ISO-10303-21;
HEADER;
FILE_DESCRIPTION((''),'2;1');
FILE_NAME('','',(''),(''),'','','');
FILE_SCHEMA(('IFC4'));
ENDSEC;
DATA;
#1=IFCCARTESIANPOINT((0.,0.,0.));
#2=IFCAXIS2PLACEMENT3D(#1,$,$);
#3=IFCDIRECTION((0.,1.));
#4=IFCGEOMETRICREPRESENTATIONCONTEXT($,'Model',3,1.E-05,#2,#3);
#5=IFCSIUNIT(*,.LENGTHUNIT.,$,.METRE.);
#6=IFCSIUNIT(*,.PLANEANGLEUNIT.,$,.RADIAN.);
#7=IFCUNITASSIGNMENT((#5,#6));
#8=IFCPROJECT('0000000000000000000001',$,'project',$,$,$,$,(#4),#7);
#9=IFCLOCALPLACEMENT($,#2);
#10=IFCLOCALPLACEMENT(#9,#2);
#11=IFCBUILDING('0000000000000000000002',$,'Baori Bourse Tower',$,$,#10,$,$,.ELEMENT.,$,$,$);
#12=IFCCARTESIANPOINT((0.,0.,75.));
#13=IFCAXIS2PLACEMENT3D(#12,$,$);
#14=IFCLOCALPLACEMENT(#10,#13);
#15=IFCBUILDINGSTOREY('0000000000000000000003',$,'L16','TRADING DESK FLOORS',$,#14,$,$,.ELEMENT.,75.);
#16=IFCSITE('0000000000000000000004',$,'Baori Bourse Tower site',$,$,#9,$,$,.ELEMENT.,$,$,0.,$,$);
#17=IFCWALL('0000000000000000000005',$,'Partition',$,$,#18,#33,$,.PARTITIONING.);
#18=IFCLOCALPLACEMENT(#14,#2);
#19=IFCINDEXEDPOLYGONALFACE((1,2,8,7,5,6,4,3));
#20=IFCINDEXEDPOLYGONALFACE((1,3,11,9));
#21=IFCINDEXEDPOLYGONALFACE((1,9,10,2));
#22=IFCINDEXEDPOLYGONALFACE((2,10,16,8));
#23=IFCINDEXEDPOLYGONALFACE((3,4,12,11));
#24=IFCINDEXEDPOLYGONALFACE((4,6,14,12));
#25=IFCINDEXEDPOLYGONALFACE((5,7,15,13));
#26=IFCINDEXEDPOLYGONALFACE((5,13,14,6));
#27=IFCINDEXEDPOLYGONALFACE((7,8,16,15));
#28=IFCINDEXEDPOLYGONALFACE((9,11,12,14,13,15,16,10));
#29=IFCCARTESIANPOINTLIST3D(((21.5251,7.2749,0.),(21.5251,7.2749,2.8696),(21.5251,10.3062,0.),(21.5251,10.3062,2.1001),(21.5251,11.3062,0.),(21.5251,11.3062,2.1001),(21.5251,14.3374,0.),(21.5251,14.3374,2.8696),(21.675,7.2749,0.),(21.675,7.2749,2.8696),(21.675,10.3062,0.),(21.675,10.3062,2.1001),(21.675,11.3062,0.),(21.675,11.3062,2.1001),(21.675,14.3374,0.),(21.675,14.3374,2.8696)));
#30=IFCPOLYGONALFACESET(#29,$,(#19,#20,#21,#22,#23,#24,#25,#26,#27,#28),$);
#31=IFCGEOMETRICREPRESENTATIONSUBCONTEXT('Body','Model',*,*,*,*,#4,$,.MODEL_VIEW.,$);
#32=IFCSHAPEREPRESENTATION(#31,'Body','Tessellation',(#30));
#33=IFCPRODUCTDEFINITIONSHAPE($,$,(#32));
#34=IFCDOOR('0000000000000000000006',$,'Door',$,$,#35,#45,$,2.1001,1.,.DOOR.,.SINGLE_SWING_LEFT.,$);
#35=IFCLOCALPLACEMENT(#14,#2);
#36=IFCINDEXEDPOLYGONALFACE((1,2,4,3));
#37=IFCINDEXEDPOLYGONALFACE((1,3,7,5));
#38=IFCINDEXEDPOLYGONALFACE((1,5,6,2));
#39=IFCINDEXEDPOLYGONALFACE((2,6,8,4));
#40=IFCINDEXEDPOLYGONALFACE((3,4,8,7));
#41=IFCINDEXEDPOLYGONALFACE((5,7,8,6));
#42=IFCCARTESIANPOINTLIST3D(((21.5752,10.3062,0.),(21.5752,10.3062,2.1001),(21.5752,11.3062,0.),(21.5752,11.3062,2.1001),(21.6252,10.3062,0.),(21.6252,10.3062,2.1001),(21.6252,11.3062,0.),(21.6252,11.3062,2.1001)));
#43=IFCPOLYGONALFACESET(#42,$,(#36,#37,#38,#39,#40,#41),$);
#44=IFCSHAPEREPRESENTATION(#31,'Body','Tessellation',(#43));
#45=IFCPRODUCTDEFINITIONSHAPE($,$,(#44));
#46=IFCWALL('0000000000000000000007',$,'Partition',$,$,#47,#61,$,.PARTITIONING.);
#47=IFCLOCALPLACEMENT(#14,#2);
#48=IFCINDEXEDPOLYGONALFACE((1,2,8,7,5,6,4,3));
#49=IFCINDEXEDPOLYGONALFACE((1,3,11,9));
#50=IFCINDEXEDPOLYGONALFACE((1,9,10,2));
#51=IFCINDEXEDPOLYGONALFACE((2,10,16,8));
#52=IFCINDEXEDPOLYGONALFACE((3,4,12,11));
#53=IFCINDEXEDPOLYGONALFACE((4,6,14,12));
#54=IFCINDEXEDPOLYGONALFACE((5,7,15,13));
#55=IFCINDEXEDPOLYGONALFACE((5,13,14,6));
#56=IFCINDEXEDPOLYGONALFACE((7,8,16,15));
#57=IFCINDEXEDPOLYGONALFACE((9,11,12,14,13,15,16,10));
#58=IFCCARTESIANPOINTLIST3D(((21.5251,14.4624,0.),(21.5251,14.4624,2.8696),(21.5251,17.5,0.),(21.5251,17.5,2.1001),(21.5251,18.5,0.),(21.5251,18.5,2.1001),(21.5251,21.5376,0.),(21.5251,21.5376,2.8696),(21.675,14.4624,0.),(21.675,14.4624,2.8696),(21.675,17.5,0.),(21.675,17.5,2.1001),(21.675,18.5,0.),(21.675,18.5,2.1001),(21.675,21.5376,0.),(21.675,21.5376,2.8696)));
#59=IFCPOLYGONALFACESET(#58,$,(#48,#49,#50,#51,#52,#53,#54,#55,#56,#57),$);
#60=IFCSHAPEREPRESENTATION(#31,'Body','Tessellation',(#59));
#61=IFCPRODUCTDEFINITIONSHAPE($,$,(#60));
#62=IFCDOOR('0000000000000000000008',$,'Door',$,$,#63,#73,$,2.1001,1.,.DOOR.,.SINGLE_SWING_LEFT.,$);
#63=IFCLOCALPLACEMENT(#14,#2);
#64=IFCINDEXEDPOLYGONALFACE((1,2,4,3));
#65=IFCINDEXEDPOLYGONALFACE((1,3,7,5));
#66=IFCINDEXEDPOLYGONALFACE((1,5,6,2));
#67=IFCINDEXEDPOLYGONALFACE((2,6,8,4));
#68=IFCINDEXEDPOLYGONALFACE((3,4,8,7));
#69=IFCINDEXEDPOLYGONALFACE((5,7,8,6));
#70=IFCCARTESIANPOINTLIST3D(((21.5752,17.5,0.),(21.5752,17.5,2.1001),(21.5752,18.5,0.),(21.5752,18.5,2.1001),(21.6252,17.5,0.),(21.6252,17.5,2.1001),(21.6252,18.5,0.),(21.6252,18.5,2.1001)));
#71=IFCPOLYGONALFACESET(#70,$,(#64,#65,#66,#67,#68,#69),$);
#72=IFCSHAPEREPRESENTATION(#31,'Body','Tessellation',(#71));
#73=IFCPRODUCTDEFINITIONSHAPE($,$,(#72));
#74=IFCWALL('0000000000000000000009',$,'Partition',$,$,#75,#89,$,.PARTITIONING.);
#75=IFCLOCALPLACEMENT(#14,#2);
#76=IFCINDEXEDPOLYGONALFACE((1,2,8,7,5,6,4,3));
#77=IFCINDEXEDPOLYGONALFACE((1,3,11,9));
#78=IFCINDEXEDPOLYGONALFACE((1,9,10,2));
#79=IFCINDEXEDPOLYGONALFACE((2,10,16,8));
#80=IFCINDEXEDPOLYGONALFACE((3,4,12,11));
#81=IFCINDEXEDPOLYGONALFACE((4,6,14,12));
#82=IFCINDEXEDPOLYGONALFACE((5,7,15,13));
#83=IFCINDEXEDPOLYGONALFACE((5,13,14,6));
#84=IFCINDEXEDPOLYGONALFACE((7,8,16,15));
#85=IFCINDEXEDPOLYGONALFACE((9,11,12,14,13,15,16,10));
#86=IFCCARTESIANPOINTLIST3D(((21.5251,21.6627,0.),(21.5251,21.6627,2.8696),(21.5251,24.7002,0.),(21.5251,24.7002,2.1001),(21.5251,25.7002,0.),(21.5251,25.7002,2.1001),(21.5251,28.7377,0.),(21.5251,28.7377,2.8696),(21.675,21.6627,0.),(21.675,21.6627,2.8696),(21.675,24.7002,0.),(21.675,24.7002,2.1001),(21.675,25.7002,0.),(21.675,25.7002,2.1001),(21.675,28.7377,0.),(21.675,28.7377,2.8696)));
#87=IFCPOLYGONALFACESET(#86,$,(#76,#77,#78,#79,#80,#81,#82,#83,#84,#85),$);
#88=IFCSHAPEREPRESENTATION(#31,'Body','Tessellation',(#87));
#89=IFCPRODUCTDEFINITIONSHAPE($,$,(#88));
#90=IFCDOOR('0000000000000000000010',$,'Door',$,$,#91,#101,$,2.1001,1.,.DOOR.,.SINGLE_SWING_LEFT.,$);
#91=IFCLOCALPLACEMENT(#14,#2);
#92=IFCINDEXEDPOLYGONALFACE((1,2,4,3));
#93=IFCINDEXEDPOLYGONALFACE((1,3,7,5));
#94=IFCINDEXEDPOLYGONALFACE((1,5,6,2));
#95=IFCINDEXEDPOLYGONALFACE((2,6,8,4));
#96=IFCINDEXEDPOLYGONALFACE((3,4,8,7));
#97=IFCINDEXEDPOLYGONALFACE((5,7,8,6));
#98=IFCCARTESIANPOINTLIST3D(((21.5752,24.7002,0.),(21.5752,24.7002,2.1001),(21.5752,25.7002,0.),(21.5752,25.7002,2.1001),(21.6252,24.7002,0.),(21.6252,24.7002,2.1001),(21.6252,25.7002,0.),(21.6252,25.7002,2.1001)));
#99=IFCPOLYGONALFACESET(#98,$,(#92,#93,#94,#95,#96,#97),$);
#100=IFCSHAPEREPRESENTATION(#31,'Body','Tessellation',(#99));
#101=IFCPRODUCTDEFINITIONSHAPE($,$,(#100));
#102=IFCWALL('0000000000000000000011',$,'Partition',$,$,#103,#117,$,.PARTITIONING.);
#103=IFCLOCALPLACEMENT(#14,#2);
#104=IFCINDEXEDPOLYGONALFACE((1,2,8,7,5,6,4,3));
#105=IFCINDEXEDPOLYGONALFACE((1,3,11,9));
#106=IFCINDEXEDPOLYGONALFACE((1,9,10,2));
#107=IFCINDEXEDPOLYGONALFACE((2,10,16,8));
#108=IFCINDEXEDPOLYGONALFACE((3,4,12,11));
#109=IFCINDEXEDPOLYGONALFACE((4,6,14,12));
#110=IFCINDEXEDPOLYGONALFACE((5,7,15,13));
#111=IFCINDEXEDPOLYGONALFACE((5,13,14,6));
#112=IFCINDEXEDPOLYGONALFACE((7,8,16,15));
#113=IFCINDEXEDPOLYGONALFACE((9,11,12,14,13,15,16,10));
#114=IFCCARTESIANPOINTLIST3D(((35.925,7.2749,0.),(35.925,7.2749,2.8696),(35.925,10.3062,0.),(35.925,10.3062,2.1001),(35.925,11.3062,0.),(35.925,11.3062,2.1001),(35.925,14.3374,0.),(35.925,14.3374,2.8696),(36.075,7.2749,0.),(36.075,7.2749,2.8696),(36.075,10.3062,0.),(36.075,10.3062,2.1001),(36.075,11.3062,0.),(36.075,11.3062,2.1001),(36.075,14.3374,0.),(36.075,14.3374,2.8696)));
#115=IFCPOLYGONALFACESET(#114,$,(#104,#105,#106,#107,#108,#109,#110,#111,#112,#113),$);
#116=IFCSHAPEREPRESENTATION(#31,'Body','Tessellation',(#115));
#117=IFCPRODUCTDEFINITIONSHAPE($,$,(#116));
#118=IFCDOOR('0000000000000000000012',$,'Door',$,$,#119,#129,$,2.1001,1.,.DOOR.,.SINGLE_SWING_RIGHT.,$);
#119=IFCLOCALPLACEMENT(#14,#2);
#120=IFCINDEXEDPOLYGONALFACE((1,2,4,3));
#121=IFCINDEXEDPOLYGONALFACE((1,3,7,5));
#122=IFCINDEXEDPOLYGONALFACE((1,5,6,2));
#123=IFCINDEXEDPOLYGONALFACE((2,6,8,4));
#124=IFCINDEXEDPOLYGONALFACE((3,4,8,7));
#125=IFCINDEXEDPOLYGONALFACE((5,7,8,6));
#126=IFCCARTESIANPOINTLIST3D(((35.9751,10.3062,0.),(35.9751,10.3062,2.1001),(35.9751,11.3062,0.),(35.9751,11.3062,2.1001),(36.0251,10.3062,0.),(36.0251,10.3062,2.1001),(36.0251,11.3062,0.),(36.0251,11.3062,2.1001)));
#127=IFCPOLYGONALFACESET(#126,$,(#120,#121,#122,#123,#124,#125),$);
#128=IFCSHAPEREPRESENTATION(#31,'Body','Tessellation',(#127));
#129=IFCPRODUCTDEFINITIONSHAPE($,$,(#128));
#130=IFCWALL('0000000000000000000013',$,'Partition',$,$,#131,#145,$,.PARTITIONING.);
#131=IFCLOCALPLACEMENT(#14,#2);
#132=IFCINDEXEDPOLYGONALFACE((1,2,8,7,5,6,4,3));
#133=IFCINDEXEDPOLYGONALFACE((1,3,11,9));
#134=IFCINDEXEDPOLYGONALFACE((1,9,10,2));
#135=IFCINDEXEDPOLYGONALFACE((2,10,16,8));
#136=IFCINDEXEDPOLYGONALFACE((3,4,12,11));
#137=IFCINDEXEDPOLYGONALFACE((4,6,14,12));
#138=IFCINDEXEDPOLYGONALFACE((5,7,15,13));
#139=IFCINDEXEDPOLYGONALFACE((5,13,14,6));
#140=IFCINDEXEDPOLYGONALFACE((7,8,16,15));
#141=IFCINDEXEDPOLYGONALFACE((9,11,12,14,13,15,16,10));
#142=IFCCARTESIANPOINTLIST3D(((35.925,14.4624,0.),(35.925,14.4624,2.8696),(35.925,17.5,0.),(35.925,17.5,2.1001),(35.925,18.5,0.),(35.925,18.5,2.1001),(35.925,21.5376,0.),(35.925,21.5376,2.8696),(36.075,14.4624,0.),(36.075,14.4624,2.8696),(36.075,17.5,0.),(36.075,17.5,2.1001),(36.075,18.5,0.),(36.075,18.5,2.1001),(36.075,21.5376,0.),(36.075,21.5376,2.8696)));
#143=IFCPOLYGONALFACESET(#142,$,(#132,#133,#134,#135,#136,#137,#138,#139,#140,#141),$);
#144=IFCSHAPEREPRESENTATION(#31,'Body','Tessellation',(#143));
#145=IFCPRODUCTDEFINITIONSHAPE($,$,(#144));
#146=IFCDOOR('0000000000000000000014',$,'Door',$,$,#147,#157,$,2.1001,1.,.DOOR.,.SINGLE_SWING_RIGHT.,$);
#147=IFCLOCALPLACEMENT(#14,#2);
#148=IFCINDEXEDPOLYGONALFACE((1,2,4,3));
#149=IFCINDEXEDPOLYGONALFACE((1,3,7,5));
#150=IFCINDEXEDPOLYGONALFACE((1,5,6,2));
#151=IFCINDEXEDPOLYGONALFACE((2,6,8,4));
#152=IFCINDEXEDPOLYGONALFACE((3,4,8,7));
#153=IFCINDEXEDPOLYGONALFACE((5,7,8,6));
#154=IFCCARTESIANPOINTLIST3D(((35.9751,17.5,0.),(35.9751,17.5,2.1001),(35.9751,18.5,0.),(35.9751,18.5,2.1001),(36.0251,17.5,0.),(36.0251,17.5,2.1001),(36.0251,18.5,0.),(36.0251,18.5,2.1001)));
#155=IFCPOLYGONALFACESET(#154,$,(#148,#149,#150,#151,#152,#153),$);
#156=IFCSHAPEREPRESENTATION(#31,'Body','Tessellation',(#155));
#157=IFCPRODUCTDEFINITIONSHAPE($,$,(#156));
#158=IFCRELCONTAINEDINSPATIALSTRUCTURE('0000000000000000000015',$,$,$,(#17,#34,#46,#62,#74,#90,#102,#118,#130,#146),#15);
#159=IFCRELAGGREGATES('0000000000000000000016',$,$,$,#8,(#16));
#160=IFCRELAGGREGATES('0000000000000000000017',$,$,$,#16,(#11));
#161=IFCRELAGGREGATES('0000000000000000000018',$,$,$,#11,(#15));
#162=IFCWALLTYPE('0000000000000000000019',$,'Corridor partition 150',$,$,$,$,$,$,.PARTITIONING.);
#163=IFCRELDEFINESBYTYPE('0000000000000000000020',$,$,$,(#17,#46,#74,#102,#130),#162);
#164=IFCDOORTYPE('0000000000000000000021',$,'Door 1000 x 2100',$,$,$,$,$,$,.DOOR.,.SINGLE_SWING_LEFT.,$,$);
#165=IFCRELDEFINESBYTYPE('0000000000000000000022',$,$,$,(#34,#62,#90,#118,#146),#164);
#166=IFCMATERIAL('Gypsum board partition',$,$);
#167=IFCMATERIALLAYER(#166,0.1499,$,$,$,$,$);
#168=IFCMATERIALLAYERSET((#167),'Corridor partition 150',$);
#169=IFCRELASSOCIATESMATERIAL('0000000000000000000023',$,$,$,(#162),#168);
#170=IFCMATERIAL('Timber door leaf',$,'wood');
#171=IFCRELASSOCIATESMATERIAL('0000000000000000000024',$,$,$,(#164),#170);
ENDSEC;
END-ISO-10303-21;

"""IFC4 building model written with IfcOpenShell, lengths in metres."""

from ifc_helpers import new_model, si_unit, direction, frame, frame_2d, origin, place, context, subcontext, project, spatial, rectangle, extrude, material, layer, layer_set, type_object, element, fill, save


model = new_model("IFC4")

# Units and contexts
model_context = context("Model", 3, precision=1e-05, world=origin(), true_north=direction((0.0, 1.0)))
body_context = subcontext(model_context, "Body", "Model", "MODEL_VIEW")
ifc_project = project(units=[si_unit("LENGTHUNIT", "METRE"), si_unit("PLANEANGLEUNIT", "RADIAN")], contexts=[model_context])

# Site, building, storey
site_placement = place(None, origin())
site = spatial("IfcSite", under=ifc_project, at=site_placement, Name="Baori Bourse Tower site", CompositionType="ELEMENT", RefElevation=0.0)
building_placement = place(site_placement, origin())
building = spatial("IfcBuilding", under=site, at=building_placement, Name="Baori Bourse Tower", CompositionType="ELEMENT")
storey_placement = place(building_placement, frame((0.0, 0.0, 75.0)))
storey = spatial("IfcBuildingStorey", under=building, at=storey_placement, Name="L16", Description="TRADING DESK FLOORS", CompositionType="ELEMENT", Elevation=75.0)

# Walls, openings, doors
ifc_material_1 = material(Name="Gypsum board partition")
ifc_layer_1 = layer(ifc_material_1, 0.1499)
ifc_layer_set_1 = layer_set([ifc_layer_1], Name="Corridor partition 150")
wall_type_1 = type_object("IfcWallType", Name="Corridor partition 150", PredefinedType="PARTITIONING", material=ifc_layer_set_1)
wall_1_placement = place(storey_placement, frame((21.6001, 7.2749, 0.0), z_axis=(0.0, 0.0, 1.0), x_axis=(0.0, 1.0, 0.0)))
wall_1 = element("IfcWall", 1, at=wall_1_placement, inside=storey, type_object=wall_type_1, Name="Partition", PredefinedType="PARTITIONING", context=body_context, shape_type="SweptSolid", body=[
    extrude(rectangle(XDim=7.0625, YDim=0.1499, at=frame_2d((3.5312, 0.0))), origin(), (0.0, 0.0, 1.0), 2.8696),
])
opening_1_placement = place(wall_1_placement, frame((3.0312, 0.0, 0.0)))
opening_1 = element("IfcOpeningElement", 2, at=opening_1_placement, cuts=wall_1, PredefinedType="OPENING", context=body_context, shape_type="SweptSolid", body=[
    extrude(rectangle(XDim=1.0, YDim=2.1001, at=frame_2d((0.5, 1.05))), frame((0.0, 0.085, 0.0), z_axis=(0.0, -1.0, 0.0), x_axis=(1.0, 0.0, 0.0)), (0.0, 0.0, 1.0), 0.1699),
])
ifc_material_2 = material(Name="Timber door leaf", Category="wood")
door_type = type_object("IfcDoorType", Name="Door 1000 x 2100", OperationType="SINGLE_SWING_LEFT", PredefinedType="DOOR", material=ifc_material_2)
door_1_placement = place(opening_1_placement, origin())
door_1 = element("IfcDoor", 3, at=door_1_placement, inside=storey, type_object=door_type, Name="Door", OperationType="SINGLE_SWING_LEFT", OverallHeight=2.1001, OverallWidth=1.0, PredefinedType="DOOR", context=body_context, shape_type="SweptSolid", body=[
    extrude(rectangle(XDim=1.0, YDim=2.1001, at=frame_2d((0.5, 1.05))), frame((0.0, 0.0249, 0.0), z_axis=(0.0, -1.0, 0.0), x_axis=(1.0, 0.0, 0.0)), (0.0, 0.0, 1.0), 0.05),
])
fill(opening_1, door_1)
wall_2_placement = place(storey_placement, frame((21.6001, 14.4624, 0.0), z_axis=(0.0, 0.0, 1.0), x_axis=(0.0, 1.0, 0.0)))
wall_2 = element("IfcWall", 4, at=wall_2_placement, inside=storey, type_object=wall_type_1, Name="Partition", PredefinedType="PARTITIONING", context=body_context, shape_type="SweptSolid", body=[
    extrude(rectangle(XDim=7.0752, YDim=0.1499, at=frame_2d((3.5376, 0.0))), origin(), (0.0, 0.0, 1.0), 2.8696),
])
opening_2_placement = place(wall_2_placement, frame((3.0376, 0.0, 0.0)))
opening_2 = element("IfcOpeningElement", 5, at=opening_2_placement, cuts=wall_2, PredefinedType="OPENING", context=body_context, shape_type="SweptSolid", body=[
    extrude(rectangle(XDim=1.0, YDim=2.1001, at=frame_2d((0.5, 1.05))), frame((0.0, 0.085, 0.0), z_axis=(0.0, -1.0, 0.0), x_axis=(1.0, 0.0, 0.0)), (0.0, 0.0, 1.0), 0.1699),
])
door_2_placement = place(opening_2_placement, origin())
door_2 = element("IfcDoor", 6, at=door_2_placement, inside=storey, type_object=door_type, Name="Door", OperationType="SINGLE_SWING_LEFT", OverallHeight=2.1001, OverallWidth=1.0, PredefinedType="DOOR", context=body_context, shape_type="SweptSolid", body=[
    extrude(rectangle(XDim=1.0, YDim=2.1001, at=frame_2d((0.5, 1.05))), frame((0.0, 0.0249, 0.0), z_axis=(0.0, -1.0, 0.0), x_axis=(1.0, 0.0, 0.0)), (0.0, 0.0, 1.0), 0.05),
])
fill(opening_2, door_2)
wall_3_placement = place(storey_placement, frame((21.6001, 21.6626, 0.0), z_axis=(0.0, 0.0, 1.0), x_axis=(0.0, 1.0, 0.0)))
wall_3 = element("IfcWall", 7, at=wall_3_placement, inside=storey, type_object=wall_type_1, Name="Partition", PredefinedType="PARTITIONING", context=body_context, shape_type="SweptSolid", body=[
    extrude(rectangle(XDim=7.075, YDim=0.1499, at=frame_2d((3.5376, 0.0))), origin(), (0.0, 0.0, 1.0), 2.8696),
])
opening_3_placement = place(wall_3_placement, frame((3.0376, 0.0, 0.0)))
opening_3 = element("IfcOpeningElement", 8, at=opening_3_placement, cuts=wall_3, PredefinedType="OPENING", context=body_context, shape_type="SweptSolid", body=[
    extrude(rectangle(XDim=1.0, YDim=2.1001, at=frame_2d((0.5, 1.05))), frame((0.0, 0.085, 0.0), z_axis=(0.0, -1.0, 0.0), x_axis=(1.0, 0.0, 0.0)), (0.0, 0.0, 1.0), 0.1699),
])
door_3_placement = place(opening_3_placement, origin())
door_3 = element("IfcDoor", 9, at=door_3_placement, inside=storey, type_object=door_type, Name="Door", OperationType="SINGLE_SWING_LEFT", OverallHeight=2.1001, OverallWidth=1.0, PredefinedType="DOOR", context=body_context, shape_type="SweptSolid", body=[
    extrude(rectangle(XDim=1.0, YDim=2.1001, at=frame_2d((0.5, 1.05))), frame((0.0, 0.0249, 0.0), z_axis=(0.0, -1.0, 0.0), x_axis=(1.0, 0.0, 0.0)), (0.0, 0.0, 1.0), 0.05),
])
fill(opening_3, door_3)
wall_4_placement = place(storey_placement, frame((36.0, 7.2749, 0.0), z_axis=(0.0, 0.0, 1.0), x_axis=(0.0, 1.0, 0.0)))
wall_4 = element("IfcWall", 10, at=wall_4_placement, inside=storey, type_object=wall_type_1, Name="Partition", PredefinedType="PARTITIONING", context=body_context, shape_type="SweptSolid", body=[
    extrude(rectangle(XDim=7.0625, YDim=0.1499, at=frame_2d((3.5312, 0.0))), origin(), (0.0, 0.0, 1.0), 2.8696),
])
opening_4_placement = place(wall_4_placement, frame((3.0312, 0.0, 0.0)))
opening_4 = element("IfcOpeningElement", 11, at=opening_4_placement, cuts=wall_4, PredefinedType="OPENING", context=body_context, shape_type="SweptSolid", body=[
    extrude(rectangle(XDim=1.0, YDim=2.1001, at=frame_2d((0.5, 1.05))), frame((0.0, 0.085, 0.0), z_axis=(0.0, -1.0, 0.0), x_axis=(1.0, 0.0, 0.0)), (0.0, 0.0, 1.0), 0.1699),
])
door_4_placement = place(opening_4_placement, origin())
door_4 = element("IfcDoor", 12, at=door_4_placement, inside=storey, type_object=door_type, Name="Door", OperationType="SINGLE_SWING_RIGHT", OverallHeight=2.1001, OverallWidth=1.0, PredefinedType="DOOR", context=body_context, shape_type="SweptSolid", body=[
    extrude(rectangle(XDim=1.0, YDim=2.1001, at=frame_2d((0.5, 1.05))), frame((0.0, 0.0249, 0.0), z_axis=(0.0, -1.0, 0.0), x_axis=(1.0, 0.0, 0.0)), (0.0, 0.0, 1.0), 0.05),
])
fill(opening_4, door_4)
wall_5_placement = place(storey_placement, frame((36.0, 14.4624, 0.0), z_axis=(0.0, 0.0, 1.0), x_axis=(0.0, 1.0, 0.0)))
wall_5 = element("IfcWall", 13, at=wall_5_placement, inside=storey, type_object=wall_type_1, Name="Partition", PredefinedType="PARTITIONING", context=body_context, shape_type="SweptSolid", body=[
    extrude(rectangle(XDim=7.0752, YDim=0.1499, at=frame_2d((3.5376, 0.0))), origin(), (0.0, 0.0, 1.0), 2.8696),
])
opening_5_placement = place(wall_5_placement, frame((3.0376, 0.0, 0.0)))
opening_5 = element("IfcOpeningElement", 14, at=opening_5_placement, cuts=wall_5, PredefinedType="OPENING", context=body_context, shape_type="SweptSolid", body=[
    extrude(rectangle(XDim=1.0, YDim=2.1001, at=frame_2d((0.5, 1.05))), frame((0.0, 0.085, 0.0), z_axis=(0.0, -1.0, 0.0), x_axis=(1.0, 0.0, 0.0)), (0.0, 0.0, 1.0), 0.1699),
])
door_5_placement = place(opening_5_placement, origin())
door_5 = element("IfcDoor", 15, at=door_5_placement, inside=storey, type_object=door_type, Name="Door", OperationType="SINGLE_SWING_RIGHT", OverallHeight=2.1001, OverallWidth=1.0, PredefinedType="DOOR", context=body_context, shape_type="SweptSolid", body=[
    extrude(rectangle(XDim=1.0, YDim=2.1001, at=frame_2d((0.5, 1.05))), frame((0.0, 0.0249, 0.0), z_axis=(0.0, -1.0, 0.0), x_axis=(1.0, 0.0, 0.0)), (0.0, 0.0, 1.0), 0.05),
])
fill(opening_5, door_5)

save(model, "model.ifc")
